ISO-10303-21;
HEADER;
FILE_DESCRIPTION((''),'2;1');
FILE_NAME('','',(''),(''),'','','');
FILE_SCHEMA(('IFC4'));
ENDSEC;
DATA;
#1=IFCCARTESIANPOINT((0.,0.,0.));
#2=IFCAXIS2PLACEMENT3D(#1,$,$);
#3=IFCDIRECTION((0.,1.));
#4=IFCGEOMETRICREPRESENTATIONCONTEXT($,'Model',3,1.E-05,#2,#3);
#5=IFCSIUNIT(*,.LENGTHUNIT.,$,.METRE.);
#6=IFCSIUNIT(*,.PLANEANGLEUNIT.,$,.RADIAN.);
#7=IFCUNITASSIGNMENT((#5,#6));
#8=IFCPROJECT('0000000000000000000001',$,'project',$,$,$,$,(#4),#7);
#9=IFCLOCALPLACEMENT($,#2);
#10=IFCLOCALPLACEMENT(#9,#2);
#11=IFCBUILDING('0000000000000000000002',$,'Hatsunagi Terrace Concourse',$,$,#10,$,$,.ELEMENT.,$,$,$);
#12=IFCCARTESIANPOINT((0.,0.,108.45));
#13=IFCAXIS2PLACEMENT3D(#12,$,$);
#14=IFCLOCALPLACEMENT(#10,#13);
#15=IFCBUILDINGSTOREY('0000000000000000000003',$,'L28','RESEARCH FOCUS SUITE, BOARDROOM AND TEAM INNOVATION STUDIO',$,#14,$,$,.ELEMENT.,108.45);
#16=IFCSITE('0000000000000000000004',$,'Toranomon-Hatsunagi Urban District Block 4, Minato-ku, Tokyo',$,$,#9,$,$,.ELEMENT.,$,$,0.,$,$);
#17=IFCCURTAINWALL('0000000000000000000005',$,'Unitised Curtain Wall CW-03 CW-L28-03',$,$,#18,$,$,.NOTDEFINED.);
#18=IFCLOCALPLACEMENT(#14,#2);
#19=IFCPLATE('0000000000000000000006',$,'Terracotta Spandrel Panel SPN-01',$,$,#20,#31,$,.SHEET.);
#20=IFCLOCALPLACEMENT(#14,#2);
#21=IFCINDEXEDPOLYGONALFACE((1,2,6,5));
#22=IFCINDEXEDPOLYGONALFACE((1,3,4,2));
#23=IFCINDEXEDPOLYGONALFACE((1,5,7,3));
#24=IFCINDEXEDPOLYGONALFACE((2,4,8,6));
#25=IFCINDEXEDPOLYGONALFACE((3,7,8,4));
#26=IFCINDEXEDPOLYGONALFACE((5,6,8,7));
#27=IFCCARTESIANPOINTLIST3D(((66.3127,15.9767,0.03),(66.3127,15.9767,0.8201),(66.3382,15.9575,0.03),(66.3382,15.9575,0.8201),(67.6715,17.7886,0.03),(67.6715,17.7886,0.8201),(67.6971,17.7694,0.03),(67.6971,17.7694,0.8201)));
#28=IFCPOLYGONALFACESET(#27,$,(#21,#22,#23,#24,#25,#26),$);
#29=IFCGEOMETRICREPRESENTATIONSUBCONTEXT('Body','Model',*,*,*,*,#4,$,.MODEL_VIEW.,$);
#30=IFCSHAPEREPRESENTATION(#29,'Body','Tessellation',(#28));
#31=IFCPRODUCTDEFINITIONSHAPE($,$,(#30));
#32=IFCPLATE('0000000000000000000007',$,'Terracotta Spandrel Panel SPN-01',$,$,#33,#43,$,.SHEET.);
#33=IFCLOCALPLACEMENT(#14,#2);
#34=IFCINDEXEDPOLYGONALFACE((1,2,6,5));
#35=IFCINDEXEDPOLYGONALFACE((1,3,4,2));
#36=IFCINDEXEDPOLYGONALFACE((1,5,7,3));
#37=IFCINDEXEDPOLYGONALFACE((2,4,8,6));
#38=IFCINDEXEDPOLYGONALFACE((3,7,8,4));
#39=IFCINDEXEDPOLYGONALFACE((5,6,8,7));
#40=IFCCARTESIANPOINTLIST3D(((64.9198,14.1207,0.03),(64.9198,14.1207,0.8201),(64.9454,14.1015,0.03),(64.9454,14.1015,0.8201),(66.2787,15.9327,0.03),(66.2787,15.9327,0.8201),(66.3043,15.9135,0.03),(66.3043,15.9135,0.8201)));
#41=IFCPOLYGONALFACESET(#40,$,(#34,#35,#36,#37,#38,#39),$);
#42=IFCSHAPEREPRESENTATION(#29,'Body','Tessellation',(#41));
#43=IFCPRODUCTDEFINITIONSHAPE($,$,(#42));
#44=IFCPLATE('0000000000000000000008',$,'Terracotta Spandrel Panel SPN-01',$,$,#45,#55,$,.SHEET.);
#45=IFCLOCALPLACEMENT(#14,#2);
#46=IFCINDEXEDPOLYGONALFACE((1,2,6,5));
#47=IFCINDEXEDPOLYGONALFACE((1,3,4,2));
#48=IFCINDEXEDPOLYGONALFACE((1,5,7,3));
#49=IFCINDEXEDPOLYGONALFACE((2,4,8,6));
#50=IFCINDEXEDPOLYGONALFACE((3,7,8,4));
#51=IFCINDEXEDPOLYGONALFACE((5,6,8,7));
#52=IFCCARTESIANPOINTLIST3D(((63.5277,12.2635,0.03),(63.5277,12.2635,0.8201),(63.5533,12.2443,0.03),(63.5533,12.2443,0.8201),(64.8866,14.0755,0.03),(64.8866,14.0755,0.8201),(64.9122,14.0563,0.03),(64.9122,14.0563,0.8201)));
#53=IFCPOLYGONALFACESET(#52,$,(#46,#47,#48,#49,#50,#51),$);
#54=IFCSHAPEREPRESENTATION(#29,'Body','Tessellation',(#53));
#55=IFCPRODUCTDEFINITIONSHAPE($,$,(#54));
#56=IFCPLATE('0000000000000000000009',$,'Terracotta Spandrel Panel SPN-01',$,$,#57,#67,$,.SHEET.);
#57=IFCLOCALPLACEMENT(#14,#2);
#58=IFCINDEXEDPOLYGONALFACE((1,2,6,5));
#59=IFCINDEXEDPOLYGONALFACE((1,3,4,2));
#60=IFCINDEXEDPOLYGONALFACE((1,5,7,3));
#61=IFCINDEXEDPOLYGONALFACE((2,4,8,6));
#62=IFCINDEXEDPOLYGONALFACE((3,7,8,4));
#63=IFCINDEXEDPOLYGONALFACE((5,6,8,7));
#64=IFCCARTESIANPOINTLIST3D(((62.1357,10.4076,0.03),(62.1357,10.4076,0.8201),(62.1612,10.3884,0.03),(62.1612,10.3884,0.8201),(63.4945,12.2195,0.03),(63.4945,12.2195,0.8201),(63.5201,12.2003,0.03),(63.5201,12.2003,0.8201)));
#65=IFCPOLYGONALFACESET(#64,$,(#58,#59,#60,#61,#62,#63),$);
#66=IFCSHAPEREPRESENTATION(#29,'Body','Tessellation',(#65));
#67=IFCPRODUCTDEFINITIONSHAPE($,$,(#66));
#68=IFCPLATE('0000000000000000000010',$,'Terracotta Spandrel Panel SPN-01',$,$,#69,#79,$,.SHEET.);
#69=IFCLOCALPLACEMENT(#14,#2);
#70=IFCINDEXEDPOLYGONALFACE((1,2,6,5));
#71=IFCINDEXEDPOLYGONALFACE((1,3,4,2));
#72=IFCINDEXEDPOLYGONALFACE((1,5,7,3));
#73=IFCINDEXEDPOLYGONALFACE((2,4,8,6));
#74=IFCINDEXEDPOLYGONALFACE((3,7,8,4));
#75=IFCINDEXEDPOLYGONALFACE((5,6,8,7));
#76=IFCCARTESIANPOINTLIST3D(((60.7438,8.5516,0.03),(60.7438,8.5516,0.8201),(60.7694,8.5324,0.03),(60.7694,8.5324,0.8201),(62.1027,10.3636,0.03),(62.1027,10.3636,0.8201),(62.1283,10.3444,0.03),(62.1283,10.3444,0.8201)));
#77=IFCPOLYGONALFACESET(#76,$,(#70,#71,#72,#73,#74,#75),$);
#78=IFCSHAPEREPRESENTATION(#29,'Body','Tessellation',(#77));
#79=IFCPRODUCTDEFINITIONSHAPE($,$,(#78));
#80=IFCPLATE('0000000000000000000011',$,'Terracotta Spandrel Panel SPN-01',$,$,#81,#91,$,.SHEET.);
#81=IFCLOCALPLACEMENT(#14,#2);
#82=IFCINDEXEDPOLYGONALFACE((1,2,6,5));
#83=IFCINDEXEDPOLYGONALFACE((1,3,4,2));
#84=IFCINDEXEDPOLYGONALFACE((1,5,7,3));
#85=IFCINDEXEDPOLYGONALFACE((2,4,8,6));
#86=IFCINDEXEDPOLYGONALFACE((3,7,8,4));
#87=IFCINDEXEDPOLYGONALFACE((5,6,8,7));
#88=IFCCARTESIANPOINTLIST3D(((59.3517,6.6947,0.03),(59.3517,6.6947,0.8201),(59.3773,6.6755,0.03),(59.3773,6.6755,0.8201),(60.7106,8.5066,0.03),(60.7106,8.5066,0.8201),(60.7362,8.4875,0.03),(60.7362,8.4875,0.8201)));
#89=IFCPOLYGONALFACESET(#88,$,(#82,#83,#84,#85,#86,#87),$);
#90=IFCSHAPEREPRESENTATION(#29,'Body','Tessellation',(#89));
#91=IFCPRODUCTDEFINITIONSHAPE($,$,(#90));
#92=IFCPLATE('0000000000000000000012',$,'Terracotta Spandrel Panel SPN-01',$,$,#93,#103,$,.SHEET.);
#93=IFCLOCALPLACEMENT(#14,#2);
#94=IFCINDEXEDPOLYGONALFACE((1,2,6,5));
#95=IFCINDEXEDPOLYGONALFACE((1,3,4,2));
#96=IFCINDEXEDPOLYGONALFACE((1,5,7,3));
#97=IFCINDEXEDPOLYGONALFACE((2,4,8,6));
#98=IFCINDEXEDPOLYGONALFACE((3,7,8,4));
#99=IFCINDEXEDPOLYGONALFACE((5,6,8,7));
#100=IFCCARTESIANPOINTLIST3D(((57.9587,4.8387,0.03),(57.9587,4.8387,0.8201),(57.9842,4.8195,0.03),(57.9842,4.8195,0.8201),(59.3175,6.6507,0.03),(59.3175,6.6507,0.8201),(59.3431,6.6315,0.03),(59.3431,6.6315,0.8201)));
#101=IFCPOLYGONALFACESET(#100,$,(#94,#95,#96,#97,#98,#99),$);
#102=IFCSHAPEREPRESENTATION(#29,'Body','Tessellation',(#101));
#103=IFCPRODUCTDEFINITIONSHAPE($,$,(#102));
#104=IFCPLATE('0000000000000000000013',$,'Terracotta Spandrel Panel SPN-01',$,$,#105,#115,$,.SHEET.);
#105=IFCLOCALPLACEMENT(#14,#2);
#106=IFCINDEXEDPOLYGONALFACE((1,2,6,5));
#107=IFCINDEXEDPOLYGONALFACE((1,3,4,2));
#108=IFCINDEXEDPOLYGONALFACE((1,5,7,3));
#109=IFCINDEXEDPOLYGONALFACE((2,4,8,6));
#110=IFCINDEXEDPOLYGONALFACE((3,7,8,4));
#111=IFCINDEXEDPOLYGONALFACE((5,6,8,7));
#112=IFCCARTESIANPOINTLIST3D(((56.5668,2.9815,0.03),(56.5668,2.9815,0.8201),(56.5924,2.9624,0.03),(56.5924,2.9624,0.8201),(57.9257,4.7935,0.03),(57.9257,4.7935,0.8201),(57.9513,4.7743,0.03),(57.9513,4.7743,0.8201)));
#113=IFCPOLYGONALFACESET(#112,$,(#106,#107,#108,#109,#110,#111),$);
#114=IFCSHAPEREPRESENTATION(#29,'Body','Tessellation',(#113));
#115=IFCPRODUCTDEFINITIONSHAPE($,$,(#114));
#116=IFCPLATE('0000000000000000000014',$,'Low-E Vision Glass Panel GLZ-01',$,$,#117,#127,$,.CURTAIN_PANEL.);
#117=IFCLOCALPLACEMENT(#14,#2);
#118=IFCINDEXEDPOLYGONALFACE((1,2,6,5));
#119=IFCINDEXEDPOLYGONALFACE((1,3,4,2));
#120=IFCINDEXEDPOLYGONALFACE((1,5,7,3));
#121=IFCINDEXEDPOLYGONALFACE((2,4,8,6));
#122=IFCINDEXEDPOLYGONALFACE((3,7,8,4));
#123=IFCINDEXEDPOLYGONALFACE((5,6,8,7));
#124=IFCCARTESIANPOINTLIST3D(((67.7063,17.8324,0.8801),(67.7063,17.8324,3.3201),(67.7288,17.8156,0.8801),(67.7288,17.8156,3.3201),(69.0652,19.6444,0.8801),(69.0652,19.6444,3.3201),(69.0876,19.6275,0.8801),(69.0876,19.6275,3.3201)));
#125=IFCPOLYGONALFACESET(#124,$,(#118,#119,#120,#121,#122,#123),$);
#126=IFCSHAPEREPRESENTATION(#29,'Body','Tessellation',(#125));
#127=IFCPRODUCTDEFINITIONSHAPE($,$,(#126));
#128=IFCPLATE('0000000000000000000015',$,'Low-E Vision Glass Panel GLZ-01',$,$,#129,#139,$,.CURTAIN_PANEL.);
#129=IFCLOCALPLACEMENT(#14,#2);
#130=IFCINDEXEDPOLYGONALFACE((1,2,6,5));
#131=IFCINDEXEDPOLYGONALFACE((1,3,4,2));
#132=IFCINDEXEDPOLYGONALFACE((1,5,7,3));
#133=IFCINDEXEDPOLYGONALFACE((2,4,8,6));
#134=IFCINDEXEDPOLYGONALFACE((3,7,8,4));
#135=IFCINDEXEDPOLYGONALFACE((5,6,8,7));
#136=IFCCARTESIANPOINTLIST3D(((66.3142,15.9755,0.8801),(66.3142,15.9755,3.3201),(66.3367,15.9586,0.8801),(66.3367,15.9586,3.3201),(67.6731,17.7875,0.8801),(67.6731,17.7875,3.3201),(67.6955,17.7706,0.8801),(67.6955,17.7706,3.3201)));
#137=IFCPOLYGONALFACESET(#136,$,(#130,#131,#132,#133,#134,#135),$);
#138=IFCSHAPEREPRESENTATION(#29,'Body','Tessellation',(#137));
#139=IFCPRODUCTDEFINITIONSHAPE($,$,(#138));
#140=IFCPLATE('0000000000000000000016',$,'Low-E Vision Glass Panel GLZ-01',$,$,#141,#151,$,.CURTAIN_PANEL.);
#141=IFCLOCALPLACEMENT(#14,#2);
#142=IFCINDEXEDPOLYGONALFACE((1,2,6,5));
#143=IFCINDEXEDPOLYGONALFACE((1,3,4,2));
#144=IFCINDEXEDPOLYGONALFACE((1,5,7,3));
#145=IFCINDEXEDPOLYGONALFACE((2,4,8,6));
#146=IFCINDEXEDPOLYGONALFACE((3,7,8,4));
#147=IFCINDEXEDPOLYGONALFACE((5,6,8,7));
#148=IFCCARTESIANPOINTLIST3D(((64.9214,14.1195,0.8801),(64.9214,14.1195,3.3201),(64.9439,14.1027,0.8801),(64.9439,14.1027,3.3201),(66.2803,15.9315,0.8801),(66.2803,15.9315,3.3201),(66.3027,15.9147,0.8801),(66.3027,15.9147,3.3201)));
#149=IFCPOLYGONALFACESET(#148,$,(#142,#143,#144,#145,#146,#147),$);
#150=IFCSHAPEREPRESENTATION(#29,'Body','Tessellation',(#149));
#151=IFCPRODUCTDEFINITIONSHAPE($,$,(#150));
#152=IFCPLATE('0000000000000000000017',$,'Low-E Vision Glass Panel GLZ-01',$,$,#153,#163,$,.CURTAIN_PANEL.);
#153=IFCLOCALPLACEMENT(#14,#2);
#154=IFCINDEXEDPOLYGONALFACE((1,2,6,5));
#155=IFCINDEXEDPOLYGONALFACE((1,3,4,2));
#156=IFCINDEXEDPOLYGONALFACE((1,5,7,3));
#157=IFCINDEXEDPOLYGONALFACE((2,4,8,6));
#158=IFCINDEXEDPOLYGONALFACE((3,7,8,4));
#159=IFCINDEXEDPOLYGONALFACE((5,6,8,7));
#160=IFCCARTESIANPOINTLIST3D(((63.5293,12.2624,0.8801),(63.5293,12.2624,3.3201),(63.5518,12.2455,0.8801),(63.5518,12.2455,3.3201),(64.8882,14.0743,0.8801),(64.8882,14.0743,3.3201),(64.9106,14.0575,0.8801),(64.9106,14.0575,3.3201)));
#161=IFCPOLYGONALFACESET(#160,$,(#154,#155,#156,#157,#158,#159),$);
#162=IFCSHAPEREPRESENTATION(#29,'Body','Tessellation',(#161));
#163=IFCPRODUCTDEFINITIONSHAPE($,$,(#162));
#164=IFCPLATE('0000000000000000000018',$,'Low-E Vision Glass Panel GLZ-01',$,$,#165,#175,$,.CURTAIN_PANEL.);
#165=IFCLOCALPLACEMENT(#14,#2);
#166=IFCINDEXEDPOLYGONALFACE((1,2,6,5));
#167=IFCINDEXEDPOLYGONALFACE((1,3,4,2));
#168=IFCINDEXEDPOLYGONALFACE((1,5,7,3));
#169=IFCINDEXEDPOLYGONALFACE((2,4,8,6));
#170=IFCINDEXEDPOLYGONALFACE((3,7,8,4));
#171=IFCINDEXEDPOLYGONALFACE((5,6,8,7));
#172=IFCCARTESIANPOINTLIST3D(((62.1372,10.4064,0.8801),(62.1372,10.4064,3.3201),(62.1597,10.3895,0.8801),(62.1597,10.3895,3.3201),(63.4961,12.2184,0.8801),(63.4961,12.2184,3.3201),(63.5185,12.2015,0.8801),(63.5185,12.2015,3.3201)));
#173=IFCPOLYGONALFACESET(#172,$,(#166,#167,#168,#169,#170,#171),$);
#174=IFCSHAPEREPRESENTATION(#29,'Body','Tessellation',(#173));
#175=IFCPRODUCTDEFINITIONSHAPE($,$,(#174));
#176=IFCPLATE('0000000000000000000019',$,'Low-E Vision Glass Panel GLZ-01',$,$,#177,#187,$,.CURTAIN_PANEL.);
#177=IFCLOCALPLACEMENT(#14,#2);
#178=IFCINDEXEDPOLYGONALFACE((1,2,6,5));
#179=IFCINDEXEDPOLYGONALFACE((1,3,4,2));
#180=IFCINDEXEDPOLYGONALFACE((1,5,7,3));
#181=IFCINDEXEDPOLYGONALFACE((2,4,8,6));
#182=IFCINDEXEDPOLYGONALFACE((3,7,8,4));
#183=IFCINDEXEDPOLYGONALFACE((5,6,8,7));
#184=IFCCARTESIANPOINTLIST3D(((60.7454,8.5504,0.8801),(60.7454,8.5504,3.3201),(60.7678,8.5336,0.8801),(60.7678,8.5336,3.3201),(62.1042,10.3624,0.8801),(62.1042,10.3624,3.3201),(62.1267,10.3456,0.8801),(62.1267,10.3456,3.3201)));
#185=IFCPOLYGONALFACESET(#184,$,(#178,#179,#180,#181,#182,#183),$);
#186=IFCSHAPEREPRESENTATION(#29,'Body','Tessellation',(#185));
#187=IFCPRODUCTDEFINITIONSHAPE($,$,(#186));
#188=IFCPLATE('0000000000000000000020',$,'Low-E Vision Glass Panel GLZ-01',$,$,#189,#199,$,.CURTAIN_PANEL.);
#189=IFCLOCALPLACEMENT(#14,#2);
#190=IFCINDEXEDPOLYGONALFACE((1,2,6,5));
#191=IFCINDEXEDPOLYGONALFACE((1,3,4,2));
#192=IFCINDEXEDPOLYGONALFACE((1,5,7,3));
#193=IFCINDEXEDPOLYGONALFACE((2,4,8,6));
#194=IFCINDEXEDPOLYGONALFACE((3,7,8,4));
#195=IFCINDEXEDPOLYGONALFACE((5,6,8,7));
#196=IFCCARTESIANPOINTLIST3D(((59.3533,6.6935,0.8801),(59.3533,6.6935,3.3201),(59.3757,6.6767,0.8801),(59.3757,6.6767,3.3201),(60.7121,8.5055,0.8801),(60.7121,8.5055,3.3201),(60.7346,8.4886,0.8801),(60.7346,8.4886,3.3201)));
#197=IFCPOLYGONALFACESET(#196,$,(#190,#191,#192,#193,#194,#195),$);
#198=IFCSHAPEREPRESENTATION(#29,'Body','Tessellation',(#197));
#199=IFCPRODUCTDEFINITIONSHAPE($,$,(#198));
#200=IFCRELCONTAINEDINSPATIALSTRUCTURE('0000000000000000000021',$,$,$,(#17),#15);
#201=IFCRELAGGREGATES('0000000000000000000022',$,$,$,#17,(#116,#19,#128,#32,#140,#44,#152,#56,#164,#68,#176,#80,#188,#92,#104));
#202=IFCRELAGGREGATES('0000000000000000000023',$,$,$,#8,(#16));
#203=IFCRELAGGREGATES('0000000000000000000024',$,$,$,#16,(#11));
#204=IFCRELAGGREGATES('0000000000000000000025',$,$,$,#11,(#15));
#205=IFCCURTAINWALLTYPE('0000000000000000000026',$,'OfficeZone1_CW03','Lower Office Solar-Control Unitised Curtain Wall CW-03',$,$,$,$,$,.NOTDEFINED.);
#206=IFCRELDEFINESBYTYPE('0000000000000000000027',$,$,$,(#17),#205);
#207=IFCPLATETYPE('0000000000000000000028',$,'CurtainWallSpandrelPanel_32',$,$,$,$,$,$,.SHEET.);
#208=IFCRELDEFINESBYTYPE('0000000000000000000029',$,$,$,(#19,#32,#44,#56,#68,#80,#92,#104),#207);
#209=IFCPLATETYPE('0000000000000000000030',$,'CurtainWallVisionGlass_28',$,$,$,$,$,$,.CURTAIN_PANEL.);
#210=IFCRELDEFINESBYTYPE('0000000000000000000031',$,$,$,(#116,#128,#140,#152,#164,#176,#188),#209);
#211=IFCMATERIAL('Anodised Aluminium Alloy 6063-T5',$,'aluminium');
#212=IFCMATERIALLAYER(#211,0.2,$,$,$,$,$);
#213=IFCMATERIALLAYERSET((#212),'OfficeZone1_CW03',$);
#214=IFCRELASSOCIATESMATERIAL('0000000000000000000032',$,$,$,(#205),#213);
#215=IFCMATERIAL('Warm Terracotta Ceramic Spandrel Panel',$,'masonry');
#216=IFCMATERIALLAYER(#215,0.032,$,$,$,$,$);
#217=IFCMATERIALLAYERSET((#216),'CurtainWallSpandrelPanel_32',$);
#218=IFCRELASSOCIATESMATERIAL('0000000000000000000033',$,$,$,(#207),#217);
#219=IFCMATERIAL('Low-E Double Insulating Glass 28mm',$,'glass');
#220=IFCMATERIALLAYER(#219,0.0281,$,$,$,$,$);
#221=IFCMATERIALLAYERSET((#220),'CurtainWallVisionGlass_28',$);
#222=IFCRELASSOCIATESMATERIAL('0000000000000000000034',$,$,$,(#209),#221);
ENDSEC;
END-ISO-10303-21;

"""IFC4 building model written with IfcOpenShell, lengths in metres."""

from ifc_helpers import new_model, si_unit, direction, frame, origin, origin_2d, place, context, subcontext, project, spatial, rectangle, extrude, material, layer, layer_set, type_object, element, aggregate, save


model = new_model("IFC4")

# Units and contexts
model_context = context("Model", 3, precision=1e-05, world=origin(), true_north=direction((0.0, 1.0)))
body_context = subcontext(model_context, "Body", "Model", "MODEL_VIEW")
ifc_project = project(units=[si_unit("LENGTHUNIT", "METRE"), si_unit("PLANEANGLEUNIT", "RADIAN")], contexts=[model_context])

# Site, building, storey
site_placement = place(None, origin())
site = spatial("IfcSite", under=ifc_project, at=site_placement, Name="Toranomon-Hatsunagi Urban District Block 4, Minato-ku, Tokyo", CompositionType="ELEMENT", RefElevation=0.0)
building_placement = place(site_placement, origin())
building = spatial("IfcBuilding", under=site, at=building_placement, Name="Hatsunagi Terrace Concourse", CompositionType="ELEMENT")
storey_placement = place(building_placement, frame((0.0, 0.0, 108.45)))
storey = spatial("IfcBuildingStorey", under=building, at=storey_placement, Name="L28", Description="RESEARCH FOCUS SUITE, BOARDROOM AND TEAM INNOVATION STUDIO", CompositionType="ELEMENT", Elevation=108.45)

# Curtain wall
ifc_material_1 = material(Name="Anodised Aluminium Alloy 6063-T5", Category="aluminium")
ifc_layer_1 = layer(ifc_material_1, 0.2)
ifc_layer_set_1 = layer_set([ifc_layer_1], Name="OfficeZone1_CW03")
curtain_wall_type = type_object("IfcCurtainWallType", Name="OfficeZone1_CW03", Description="Lower Office Solar-Control Unitised Curtain Wall CW-03", PredefinedType="NOTDEFINED", material=ifc_layer_set_1)
curtain_wall_placement = place(storey_placement, origin())
curtain_wall = element("IfcCurtainWall", 1, at=curtain_wall_placement, inside=storey, type_object=curtain_wall_type, Name="Unitised Curtain Wall CW-03 CW-L28-03", PredefinedType="NOTDEFINED")

# Plates
ifc_material_2 = material(Name="Warm Terracotta Ceramic Spandrel Panel", Category="masonry")
ifc_layer_2 = layer(ifc_material_2, 0.032)
ifc_layer_set_2 = layer_set([ifc_layer_2], Name="CurtainWallSpandrelPanel_32")
plate_type_1 = type_object("IfcPlateType", Name="CurtainWallSpandrelPanel_32", PredefinedType="SHEET", material=ifc_layer_set_2)
plate_1_placement = place(storey_placement, frame((67.0049, 16.873, 0.03), z_axis=(0.0, 0.0, 1.0), x_axis=(-0.599969, -0.800023, 0.0)))
plate_1 = element("IfcPlate", 2, at=plate_1_placement, type_object=plate_type_1, Name="Terracotta Spandrel Panel SPN-01", PredefinedType="SHEET", context=body_context, shape_type="SweptSolid", body=[
    extrude(rectangle(XDim=2.2649, YDim=0.032, at=origin_2d()), origin(), (0.0, 0.0, 1.0), 0.79),
])
plate_2_placement = place(storey_placement, frame((65.6121, 15.0171, 0.03), z_axis=(0.0, 0.0, 1.0), x_axis=(-0.599969, -0.800023, 0.0)))
plate_2 = element("IfcPlate", 3, at=plate_2_placement, type_object=plate_type_1, Name="Terracotta Spandrel Panel SPN-01", PredefinedType="SHEET", context=body_context, shape_type="SweptSolid", body=[
    extrude(rectangle(XDim=2.2649, YDim=0.032, at=origin_2d()), origin(), (0.0, 0.0, 1.0), 0.79),
])
plate_3_placement = place(storey_placement, frame((64.22, 13.1599, 0.03), z_axis=(0.0, 0.0, 1.0), x_axis=(-0.599969, -0.800023, 0.0)))
plate_3 = element("IfcPlate", 4, at=plate_3_placement, type_object=plate_type_1, Name="Terracotta Spandrel Panel SPN-01", PredefinedType="SHEET", context=body_context, shape_type="SweptSolid", body=[
    extrude(rectangle(XDim=2.2649, YDim=0.032, at=origin_2d()), origin(), (0.0, 0.0, 1.0), 0.79),
])
plate_4_placement = place(storey_placement, frame((62.8279, 11.304, 0.03), z_axis=(0.0, 0.0, 1.0), x_axis=(-0.599969, -0.800023, 0.0)))
plate_4 = element("IfcPlate", 5, at=plate_4_placement, type_object=plate_type_1, Name="Terracotta Spandrel Panel SPN-01", PredefinedType="SHEET", context=body_context, shape_type="SweptSolid", body=[
    extrude(rectangle(XDim=2.2649, YDim=0.032, at=origin_2d()), origin(), (0.0, 0.0, 1.0), 0.79),
])
plate_5_placement = place(storey_placement, frame((61.436, 9.448, 0.03), z_axis=(0.0, 0.0, 1.0), x_axis=(-0.599969, -0.800023, 0.0)))
plate_5 = element("IfcPlate", 6, at=plate_5_placement, type_object=plate_type_1, Name="Terracotta Spandrel Panel SPN-01", PredefinedType="SHEET", context=body_context, shape_type="SweptSolid", body=[
    extrude(rectangle(XDim=2.2649, YDim=0.032, at=origin_2d()), origin(), (0.0, 0.0, 1.0), 0.79),
])
plate_6_placement = place(storey_placement, frame((60.0439, 7.5911, 0.03), z_axis=(0.0, 0.0, 1.0), x_axis=(-0.599969, -0.800023, 0.0)))
plate_6 = element("IfcPlate", 7, at=plate_6_placement, type_object=plate_type_1, Name="Terracotta Spandrel Panel SPN-01", PredefinedType="SHEET", context=body_context, shape_type="SweptSolid", body=[
    extrude(rectangle(XDim=2.2649, YDim=0.032, at=origin_2d()), origin(), (0.0, 0.0, 1.0), 0.79),
])
plate_7_placement = place(storey_placement, frame((58.6509, 5.7351, 0.03), z_axis=(0.0, 0.0, 1.0), x_axis=(-0.599969, -0.800023, 0.0)))
plate_7 = element("IfcPlate", 8, at=plate_7_placement, type_object=plate_type_1, Name="Terracotta Spandrel Panel SPN-01", PredefinedType="SHEET", context=body_context, shape_type="SweptSolid", body=[
    extrude(rectangle(XDim=2.2649, YDim=0.032, at=origin_2d()), origin(), (0.0, 0.0, 1.0), 0.79),
])
plate_8_placement = place(storey_placement, frame((57.259, 3.8779, 0.03), z_axis=(0.0, 0.0, 1.0), x_axis=(-0.599969, -0.800023, 0.0)))
plate_8 = element("IfcPlate", 9, at=plate_8_placement, type_object=plate_type_1, Name="Terracotta Spandrel Panel SPN-01", PredefinedType="SHEET", context=body_context, shape_type="SweptSolid", body=[
    extrude(rectangle(XDim=2.2649, YDim=0.032, at=origin_2d()), origin(), (0.0, 0.0, 1.0), 0.79),
])
ifc_material_3 = material(Name="Low-E Double Insulating Glass 28mm", Category="glass")
ifc_layer_3 = layer(ifc_material_3, 0.0281)
ifc_layer_set_3 = layer_set([ifc_layer_3], Name="CurtainWallVisionGlass_28")
plate_type_2 = type_object("IfcPlateType", Name="CurtainWallVisionGlass_28", PredefinedType="CURTAIN_PANEL", material=ifc_layer_set_3)
plate_9_placement = place(storey_placement, frame((68.397, 18.73, 0.8801), z_axis=(0.0, 0.0, 1.0), x_axis=(-0.599969, -0.800023, 0.0)))
plate_9 = element("IfcPlate", 10, at=plate_9_placement, type_object=plate_type_2, Name="Low-E Vision Glass Panel GLZ-01", PredefinedType="CURTAIN_PANEL", context=body_context, shape_type="SweptSolid", body=[
    extrude(rectangle(XDim=2.2649, YDim=0.0281, at=origin_2d()), origin(), (0.0, 0.0, 1.0), 2.4399),
])
plate_10_placement = place(storey_placement, frame((67.0049, 16.873, 0.8801), z_axis=(0.0, 0.0, 1.0), x_axis=(-0.599969, -0.800023, 0.0)))
plate_10 = element("IfcPlate", 11, at=plate_10_placement, type_object=plate_type_2, Name="Low-E Vision Glass Panel GLZ-01", PredefinedType="CURTAIN_PANEL", context=body_context, shape_type="SweptSolid", body=[
    extrude(rectangle(XDim=2.2649, YDim=0.0281, at=origin_2d()), origin(), (0.0, 0.0, 1.0), 2.4399),
])
plate_11_placement = place(storey_placement, frame((65.6121, 15.0171, 0.8801), z_axis=(0.0, 0.0, 1.0), x_axis=(-0.599969, -0.800023, 0.0)))
plate_11 = element("IfcPlate", 12, at=plate_11_placement, type_object=plate_type_2, Name="Low-E Vision Glass Panel GLZ-01", PredefinedType="CURTAIN_PANEL", context=body_context, shape_type="SweptSolid", body=[
    extrude(rectangle(XDim=2.2649, YDim=0.0281, at=origin_2d()), origin(), (0.0, 0.0, 1.0), 2.4399),
])
plate_12_placement = place(storey_placement, frame((64.22, 13.1599, 0.8801), z_axis=(0.0, 0.0, 1.0), x_axis=(-0.599969, -0.800023, 0.0)))
plate_12 = element("IfcPlate", 13, at=plate_12_placement, type_object=plate_type_2, Name="Low-E Vision Glass Panel GLZ-01", PredefinedType="CURTAIN_PANEL", context=body_context, shape_type="SweptSolid", body=[
    extrude(rectangle(XDim=2.2649, YDim=0.0281, at=origin_2d()), origin(), (0.0, 0.0, 1.0), 2.4399),
])
plate_13_placement = place(storey_placement, frame((62.8279, 11.304, 0.8801), z_axis=(0.0, 0.0, 1.0), x_axis=(-0.599969, -0.800023, 0.0)))
plate_13 = element("IfcPlate", 14, at=plate_13_placement, type_object=plate_type_2, Name="Low-E Vision Glass Panel GLZ-01", PredefinedType="CURTAIN_PANEL", context=body_context, shape_type="SweptSolid", body=[
    extrude(rectangle(XDim=2.2649, YDim=0.0281, at=origin_2d()), origin(), (0.0, 0.0, 1.0), 2.4399),
])
plate_14_placement = place(storey_placement, frame((61.436, 9.448, 0.8801), z_axis=(0.0, 0.0, 1.0), x_axis=(-0.599969, -0.800023, 0.0)))
plate_14 = element("IfcPlate", 15, at=plate_14_placement, type_object=plate_type_2, Name="Low-E Vision Glass Panel GLZ-01", PredefinedType="CURTAIN_PANEL", context=body_context, shape_type="SweptSolid", body=[
    extrude(rectangle(XDim=2.2649, YDim=0.0281, at=origin_2d()), origin(), (0.0, 0.0, 1.0), 2.4399),
])
plate_15_placement = place(storey_placement, frame((60.0439, 7.5911, 0.8801), z_axis=(0.0, 0.0, 1.0), x_axis=(-0.599969, -0.800023, 0.0)))
plate_15 = element("IfcPlate", 16, at=plate_15_placement, type_object=plate_type_2, Name="Low-E Vision Glass Panel GLZ-01", PredefinedType="CURTAIN_PANEL", context=body_context, shape_type="SweptSolid", body=[
    extrude(rectangle(XDim=2.2649, YDim=0.0281, at=origin_2d()), origin(), (0.0, 0.0, 1.0), 2.4399),
])
aggregate(curtain_wall, [plate_9, plate_1, plate_10, plate_2, plate_11, plate_3, plate_12, plate_4, plate_13, plate_5, plate_14, plate_6, plate_15, plate_7, plate_8])

save(model, "model.ifc")
